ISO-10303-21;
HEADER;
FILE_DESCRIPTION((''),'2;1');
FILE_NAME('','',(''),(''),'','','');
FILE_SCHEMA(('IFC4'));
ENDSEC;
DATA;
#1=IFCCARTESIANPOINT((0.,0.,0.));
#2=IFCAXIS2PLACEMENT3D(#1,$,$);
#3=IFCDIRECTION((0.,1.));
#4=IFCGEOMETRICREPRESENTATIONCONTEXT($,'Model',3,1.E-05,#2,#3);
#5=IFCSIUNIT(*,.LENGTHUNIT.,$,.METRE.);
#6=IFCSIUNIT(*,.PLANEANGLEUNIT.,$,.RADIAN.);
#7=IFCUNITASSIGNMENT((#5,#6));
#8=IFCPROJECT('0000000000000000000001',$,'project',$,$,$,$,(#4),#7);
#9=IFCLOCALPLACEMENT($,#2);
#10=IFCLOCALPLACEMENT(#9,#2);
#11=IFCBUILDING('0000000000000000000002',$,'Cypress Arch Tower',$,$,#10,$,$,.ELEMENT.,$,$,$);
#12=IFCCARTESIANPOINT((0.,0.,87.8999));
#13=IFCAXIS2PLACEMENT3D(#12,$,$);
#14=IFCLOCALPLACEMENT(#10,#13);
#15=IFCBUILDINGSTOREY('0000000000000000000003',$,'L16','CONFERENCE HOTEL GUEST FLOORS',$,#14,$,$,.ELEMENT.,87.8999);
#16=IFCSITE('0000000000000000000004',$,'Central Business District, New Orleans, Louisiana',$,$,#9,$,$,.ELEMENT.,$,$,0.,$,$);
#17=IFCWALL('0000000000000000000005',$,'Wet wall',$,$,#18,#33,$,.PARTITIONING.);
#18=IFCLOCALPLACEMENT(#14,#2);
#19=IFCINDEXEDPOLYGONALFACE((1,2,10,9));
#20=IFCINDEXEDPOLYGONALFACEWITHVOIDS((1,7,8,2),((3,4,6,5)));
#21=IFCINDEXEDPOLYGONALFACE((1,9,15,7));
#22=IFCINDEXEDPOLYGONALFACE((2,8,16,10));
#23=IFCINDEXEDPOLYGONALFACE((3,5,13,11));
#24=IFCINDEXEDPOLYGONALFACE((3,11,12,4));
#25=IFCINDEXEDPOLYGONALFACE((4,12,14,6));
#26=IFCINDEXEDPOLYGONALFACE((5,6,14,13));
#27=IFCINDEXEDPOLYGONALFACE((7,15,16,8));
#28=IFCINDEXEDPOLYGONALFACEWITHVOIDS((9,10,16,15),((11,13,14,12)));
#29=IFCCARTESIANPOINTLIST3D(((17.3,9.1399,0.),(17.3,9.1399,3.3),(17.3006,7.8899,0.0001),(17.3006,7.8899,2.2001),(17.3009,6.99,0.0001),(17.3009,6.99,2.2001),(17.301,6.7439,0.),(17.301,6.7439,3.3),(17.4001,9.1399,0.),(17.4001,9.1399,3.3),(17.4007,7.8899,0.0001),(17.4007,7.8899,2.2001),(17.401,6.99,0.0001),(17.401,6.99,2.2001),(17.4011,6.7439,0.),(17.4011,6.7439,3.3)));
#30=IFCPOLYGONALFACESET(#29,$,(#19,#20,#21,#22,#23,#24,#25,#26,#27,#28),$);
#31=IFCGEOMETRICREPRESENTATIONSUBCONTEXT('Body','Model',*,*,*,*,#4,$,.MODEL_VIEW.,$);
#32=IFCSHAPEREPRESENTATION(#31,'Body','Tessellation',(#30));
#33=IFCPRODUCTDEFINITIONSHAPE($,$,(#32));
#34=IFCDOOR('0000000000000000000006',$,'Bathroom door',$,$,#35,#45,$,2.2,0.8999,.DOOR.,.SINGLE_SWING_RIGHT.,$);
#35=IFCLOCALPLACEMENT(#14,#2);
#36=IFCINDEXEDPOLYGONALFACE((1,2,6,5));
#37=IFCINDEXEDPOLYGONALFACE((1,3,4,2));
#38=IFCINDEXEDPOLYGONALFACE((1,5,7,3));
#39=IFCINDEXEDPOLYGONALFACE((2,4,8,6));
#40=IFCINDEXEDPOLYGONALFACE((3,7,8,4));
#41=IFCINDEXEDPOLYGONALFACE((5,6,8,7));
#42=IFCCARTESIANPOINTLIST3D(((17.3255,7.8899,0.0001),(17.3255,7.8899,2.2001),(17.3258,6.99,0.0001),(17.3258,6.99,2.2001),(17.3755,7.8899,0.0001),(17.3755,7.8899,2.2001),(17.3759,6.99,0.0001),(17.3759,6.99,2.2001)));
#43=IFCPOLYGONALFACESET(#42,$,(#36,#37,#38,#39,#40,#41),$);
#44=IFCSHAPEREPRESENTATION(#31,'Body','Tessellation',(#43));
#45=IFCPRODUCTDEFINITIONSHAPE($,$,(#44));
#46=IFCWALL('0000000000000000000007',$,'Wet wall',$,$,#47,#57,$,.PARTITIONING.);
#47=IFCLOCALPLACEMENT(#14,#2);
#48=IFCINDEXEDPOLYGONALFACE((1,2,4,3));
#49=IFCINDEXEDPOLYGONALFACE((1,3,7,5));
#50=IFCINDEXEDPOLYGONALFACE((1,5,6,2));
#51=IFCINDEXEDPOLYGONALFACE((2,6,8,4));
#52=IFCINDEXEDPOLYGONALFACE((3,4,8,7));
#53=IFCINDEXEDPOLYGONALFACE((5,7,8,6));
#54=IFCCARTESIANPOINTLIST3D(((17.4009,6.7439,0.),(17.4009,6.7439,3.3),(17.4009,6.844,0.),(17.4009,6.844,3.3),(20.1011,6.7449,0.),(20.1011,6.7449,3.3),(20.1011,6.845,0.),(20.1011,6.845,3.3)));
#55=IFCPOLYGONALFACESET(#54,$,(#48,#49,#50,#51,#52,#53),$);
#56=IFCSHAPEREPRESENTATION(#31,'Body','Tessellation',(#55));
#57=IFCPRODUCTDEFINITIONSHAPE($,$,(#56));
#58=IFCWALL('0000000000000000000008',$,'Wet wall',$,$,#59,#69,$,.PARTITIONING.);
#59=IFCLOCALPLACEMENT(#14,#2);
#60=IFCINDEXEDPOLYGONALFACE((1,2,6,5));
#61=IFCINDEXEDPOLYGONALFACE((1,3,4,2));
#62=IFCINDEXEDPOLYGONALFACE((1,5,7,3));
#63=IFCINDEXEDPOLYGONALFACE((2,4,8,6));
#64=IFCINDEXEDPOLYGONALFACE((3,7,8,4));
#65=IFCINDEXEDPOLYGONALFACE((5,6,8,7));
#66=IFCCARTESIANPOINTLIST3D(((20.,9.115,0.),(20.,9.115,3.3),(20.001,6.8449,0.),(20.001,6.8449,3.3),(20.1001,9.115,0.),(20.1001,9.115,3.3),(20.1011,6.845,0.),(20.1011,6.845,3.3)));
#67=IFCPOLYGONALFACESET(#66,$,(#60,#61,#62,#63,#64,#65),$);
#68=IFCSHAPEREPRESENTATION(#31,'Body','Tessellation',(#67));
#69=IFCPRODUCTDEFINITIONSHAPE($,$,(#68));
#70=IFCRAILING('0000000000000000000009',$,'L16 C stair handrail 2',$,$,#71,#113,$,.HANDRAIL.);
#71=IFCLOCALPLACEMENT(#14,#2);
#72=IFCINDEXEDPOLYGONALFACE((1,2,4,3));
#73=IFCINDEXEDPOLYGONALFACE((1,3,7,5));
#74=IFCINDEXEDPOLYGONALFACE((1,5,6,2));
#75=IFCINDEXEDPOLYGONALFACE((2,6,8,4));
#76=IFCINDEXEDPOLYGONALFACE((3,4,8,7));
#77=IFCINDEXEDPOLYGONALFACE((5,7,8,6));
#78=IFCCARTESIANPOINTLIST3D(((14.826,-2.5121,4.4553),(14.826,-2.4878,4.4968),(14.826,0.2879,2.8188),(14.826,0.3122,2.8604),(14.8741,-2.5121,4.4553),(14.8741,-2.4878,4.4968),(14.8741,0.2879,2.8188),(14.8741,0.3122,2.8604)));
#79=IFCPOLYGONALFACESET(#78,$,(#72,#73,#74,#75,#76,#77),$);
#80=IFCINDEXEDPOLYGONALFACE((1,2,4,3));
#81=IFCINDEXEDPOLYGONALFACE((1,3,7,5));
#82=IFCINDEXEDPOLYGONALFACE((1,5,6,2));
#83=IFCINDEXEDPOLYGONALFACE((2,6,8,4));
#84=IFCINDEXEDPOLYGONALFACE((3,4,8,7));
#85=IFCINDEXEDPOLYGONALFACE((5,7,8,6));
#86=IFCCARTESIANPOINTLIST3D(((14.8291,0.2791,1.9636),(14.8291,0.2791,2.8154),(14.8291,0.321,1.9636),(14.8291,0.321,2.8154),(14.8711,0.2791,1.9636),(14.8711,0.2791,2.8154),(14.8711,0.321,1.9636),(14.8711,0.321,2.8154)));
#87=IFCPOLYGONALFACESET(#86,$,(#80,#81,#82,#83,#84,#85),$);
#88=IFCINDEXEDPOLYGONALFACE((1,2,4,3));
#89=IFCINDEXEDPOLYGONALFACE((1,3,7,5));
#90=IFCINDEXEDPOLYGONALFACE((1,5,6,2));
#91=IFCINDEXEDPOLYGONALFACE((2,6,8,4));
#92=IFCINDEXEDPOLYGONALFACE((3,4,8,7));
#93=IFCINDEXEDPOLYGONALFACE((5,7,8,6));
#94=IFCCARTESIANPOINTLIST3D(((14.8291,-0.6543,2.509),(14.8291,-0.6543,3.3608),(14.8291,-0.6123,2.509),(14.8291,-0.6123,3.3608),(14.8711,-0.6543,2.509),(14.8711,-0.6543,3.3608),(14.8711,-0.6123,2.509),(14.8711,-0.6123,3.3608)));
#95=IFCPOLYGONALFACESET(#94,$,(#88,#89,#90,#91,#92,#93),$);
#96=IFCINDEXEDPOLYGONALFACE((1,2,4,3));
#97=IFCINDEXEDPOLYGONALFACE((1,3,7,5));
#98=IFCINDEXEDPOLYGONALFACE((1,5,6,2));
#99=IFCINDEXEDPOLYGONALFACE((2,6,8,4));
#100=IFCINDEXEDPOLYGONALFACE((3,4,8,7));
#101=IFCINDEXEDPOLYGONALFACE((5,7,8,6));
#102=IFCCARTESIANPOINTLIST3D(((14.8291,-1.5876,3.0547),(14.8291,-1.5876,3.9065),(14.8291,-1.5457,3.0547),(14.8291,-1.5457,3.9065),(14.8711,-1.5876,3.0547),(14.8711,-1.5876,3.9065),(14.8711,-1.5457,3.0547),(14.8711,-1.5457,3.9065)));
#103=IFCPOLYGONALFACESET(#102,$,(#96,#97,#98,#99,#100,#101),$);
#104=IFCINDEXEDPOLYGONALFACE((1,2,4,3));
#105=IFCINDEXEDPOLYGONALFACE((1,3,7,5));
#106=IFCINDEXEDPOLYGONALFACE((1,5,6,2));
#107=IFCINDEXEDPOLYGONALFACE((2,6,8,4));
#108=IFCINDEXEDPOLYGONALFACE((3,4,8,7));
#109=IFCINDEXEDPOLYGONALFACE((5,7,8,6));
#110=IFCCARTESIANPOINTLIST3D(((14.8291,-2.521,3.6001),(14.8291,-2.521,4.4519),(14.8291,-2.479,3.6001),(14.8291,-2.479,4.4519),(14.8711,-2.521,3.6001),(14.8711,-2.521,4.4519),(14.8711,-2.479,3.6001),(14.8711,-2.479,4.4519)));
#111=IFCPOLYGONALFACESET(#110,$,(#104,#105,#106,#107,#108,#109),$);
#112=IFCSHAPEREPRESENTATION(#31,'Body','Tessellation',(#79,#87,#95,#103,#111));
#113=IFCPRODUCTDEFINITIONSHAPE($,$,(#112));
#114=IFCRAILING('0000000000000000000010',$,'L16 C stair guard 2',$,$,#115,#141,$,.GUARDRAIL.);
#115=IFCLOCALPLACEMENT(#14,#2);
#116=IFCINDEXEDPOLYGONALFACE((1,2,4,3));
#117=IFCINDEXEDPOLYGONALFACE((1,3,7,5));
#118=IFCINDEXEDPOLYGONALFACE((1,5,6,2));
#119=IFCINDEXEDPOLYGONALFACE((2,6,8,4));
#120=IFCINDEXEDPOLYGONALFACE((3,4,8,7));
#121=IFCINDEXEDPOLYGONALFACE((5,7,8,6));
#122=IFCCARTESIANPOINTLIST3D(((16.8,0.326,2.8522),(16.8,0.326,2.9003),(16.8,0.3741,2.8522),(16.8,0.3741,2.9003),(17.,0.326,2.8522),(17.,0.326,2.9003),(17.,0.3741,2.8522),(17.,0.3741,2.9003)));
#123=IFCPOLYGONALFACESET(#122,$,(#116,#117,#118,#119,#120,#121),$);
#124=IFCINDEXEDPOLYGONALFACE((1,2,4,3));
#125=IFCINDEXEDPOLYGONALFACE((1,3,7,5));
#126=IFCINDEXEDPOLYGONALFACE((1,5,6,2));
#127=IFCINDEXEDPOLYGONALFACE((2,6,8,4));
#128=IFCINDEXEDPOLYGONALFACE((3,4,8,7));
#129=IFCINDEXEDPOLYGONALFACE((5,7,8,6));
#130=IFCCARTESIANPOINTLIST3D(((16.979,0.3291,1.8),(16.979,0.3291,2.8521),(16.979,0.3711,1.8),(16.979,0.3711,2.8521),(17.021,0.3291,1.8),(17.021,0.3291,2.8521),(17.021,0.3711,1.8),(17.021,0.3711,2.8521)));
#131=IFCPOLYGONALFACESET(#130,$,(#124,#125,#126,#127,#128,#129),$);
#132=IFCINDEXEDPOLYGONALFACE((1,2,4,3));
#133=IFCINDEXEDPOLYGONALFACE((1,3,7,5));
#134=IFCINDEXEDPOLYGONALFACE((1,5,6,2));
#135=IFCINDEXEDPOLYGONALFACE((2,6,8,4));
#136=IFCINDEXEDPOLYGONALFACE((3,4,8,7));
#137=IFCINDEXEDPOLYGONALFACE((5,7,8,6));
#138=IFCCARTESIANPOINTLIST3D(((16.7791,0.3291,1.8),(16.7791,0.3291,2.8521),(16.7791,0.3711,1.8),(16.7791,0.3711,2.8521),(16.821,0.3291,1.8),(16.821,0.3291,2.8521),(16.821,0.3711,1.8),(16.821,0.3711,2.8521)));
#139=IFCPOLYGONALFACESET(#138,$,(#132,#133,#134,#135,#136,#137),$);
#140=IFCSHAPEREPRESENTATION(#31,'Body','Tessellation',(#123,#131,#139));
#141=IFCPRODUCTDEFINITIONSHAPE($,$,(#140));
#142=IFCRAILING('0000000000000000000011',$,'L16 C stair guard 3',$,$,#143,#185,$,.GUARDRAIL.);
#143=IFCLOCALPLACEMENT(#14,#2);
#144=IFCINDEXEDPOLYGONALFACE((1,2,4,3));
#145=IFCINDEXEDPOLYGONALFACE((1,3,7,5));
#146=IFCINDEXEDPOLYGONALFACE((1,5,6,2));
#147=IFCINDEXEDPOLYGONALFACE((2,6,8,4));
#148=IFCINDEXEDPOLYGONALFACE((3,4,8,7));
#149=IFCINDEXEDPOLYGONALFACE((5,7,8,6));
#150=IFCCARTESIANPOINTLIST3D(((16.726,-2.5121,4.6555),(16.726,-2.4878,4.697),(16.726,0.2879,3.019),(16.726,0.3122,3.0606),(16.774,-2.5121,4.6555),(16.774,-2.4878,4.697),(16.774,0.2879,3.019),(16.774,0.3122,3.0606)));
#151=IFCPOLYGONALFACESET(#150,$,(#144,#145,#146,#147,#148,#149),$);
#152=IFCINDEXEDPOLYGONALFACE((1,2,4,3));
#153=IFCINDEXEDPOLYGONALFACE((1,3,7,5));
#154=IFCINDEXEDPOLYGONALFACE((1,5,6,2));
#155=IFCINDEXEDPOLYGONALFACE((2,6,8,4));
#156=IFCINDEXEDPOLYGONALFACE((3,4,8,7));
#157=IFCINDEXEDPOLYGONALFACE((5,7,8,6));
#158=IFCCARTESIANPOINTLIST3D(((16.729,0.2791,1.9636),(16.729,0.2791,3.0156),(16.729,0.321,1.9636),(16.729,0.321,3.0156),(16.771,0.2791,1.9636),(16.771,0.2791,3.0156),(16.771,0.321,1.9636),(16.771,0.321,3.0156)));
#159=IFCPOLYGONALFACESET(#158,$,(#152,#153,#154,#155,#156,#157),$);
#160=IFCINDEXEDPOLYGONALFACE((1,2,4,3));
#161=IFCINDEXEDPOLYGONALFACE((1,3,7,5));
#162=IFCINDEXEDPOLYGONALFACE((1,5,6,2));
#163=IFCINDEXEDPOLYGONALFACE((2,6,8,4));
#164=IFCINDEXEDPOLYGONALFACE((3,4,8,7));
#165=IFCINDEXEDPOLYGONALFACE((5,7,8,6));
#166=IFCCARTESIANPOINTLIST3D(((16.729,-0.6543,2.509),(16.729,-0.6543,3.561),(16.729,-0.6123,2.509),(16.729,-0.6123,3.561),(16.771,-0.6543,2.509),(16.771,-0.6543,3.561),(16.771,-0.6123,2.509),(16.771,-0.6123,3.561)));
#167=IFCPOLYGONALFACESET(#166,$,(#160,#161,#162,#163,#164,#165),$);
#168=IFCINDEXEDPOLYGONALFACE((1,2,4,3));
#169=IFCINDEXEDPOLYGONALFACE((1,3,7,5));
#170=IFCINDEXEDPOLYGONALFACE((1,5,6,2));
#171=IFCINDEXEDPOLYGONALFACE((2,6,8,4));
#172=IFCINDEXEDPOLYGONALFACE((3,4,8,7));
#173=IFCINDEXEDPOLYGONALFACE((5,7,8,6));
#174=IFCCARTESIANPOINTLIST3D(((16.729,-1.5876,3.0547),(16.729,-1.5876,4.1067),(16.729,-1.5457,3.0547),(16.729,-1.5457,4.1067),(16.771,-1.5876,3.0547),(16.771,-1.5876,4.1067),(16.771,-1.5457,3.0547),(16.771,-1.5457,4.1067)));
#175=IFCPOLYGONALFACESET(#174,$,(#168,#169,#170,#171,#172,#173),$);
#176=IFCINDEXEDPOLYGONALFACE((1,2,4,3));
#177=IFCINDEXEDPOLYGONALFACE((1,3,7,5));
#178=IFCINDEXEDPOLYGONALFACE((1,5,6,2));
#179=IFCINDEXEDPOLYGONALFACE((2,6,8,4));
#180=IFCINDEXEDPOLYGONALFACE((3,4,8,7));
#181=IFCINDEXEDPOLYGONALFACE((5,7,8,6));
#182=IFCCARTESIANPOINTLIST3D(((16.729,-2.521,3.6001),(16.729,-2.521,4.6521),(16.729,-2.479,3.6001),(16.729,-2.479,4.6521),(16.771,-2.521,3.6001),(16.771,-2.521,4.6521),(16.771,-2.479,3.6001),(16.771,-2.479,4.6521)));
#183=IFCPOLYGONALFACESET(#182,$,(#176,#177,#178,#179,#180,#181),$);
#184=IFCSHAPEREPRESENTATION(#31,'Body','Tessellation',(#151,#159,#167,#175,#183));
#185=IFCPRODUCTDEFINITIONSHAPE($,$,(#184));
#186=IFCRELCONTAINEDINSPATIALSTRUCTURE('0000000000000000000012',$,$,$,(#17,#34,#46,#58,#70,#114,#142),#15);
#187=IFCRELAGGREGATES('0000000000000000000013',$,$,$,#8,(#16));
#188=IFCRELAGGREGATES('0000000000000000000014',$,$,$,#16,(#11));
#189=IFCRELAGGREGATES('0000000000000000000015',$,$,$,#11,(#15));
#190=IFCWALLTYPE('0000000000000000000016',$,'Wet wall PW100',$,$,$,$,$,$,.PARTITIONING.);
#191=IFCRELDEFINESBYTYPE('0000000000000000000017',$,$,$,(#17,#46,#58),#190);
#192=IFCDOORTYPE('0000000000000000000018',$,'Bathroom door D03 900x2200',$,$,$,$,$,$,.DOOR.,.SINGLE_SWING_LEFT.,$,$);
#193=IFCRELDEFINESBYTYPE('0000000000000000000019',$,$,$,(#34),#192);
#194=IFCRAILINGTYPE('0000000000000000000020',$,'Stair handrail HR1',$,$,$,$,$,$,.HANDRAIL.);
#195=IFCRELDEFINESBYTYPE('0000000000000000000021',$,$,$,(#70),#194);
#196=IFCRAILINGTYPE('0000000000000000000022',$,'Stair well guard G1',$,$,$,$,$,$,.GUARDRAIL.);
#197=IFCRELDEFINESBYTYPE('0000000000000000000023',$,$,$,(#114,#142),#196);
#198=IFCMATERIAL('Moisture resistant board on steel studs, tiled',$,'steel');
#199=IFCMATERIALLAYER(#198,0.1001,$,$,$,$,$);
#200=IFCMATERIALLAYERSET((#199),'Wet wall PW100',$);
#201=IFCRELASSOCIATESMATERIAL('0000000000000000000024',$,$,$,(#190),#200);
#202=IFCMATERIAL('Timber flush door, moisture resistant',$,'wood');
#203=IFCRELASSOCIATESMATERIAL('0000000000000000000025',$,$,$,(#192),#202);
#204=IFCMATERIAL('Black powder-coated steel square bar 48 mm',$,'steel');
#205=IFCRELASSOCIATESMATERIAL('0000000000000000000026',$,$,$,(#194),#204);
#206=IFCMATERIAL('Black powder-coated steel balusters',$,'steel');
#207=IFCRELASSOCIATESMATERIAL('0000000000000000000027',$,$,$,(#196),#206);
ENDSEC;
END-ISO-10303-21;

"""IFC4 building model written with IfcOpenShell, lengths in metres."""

from ifc_helpers import new_model, si_unit, direction, frame, frame_2d, origin, origin_2d, place, context, subcontext, project, spatial, rectangle, extrude, material, layer, layer_set, type_object, element, fill, save


model = new_model("IFC4")

# Units and contexts
model_context = context("Model", 3, precision=1e-05, world=origin(), true_north=direction((0.0, 1.0)))
body_context = subcontext(model_context, "Body", "Model", "MODEL_VIEW")
ifc_project = project(units=[si_unit("LENGTHUNIT", "METRE"), si_unit("PLANEANGLEUNIT", "RADIAN")], contexts=[model_context])

# Site, building, storey
site_placement = place(None, origin())
site = spatial("IfcSite", under=ifc_project, at=site_placement, Name="Central Business District, New Orleans, Louisiana", CompositionType="ELEMENT", RefElevation=0.0)
building_placement = place(site_placement, origin())
building = spatial("IfcBuilding", under=site, at=building_placement, Name="Cypress Arch Tower", CompositionType="ELEMENT")
storey_placement = place(building_placement, frame((0.0, 0.0, 87.8999)))
storey = spatial("IfcBuildingStorey", under=building, at=storey_placement, Name="L16", Description="CONFERENCE HOTEL GUEST FLOORS", CompositionType="ELEMENT", Elevation=87.8999)

# Shared definitions
ifc_material_1 = material(Name="Moisture resistant board on steel studs, tiled", Category="steel")
ifc_layer_1 = layer(ifc_material_1, 0.1001)
ifc_layer_set_1 = layer_set([ifc_layer_1], Name="Wet wall PW100")
wall_type_1 = type_object("IfcWallType", Name="Wet wall PW100", PredefinedType="PARTITIONING", material=ifc_layer_set_1)

# Wall, opening, door
wall_1_placement = place(storey_placement, frame((17.3501, 9.1399, 0.0), z_axis=(0.0, 0.0, 1.0), x_axis=(0.000408, -1.0, 0.0)))
wall_1 = element("IfcWall", 1, at=wall_1_placement, inside=storey, type_object=wall_type_1, Name="Wet wall", PredefinedType="PARTITIONING", context=body_context, shape_type="SweptSolid", body=[
    extrude(rectangle(XDim=2.396, YDim=0.1001, at=frame_2d((1.198, 0.0))), origin(), (0.0, 0.0, 1.0), 3.3),
])
opening_1_placement = place(wall_1_placement, frame((1.25, 0.0, 0.0)))
opening_1 = element("IfcOpeningElement", 2, at=opening_1_placement, cuts=wall_1, PredefinedType="OPENING", context=body_context, shape_type="SweptSolid", body=[
    extrude(rectangle(XDim=0.8999, YDim=2.2, at=frame_2d((0.45, 1.1001))), frame((0.0, 0.0601, 0.0), z_axis=(0.0, -1.0, 0.0), x_axis=(1.0, 0.0, 0.0)), (0.0, 0.0, 1.0), 0.1201),
])
ifc_material_2 = material(Name="Timber flush door, moisture resistant", Category="wood")
door_type_1 = type_object("IfcDoorType", Name="Bathroom door D03 900x2200", OperationType="SINGLE_SWING_LEFT", PredefinedType="DOOR", material=ifc_material_2)
door_1_placement = place(opening_1_placement, origin())
door_1 = element("IfcDoor", 3, at=door_1_placement, inside=storey, type_object=door_type_1, Name="Bathroom door", OperationType="SINGLE_SWING_RIGHT", OverallHeight=2.2, OverallWidth=0.8999, PredefinedType="DOOR", context=body_context, shape_type="SweptSolid", body=[
    extrude(rectangle(XDim=0.8999, YDim=2.2, at=frame_2d((0.45, 1.1001))), frame((0.0, 0.0249, 0.0), z_axis=(0.0, -1.0, 0.0), x_axis=(1.0, 0.0, 0.0)), (0.0, 0.0, 1.0), 0.05),
])
fill(opening_1, door_1)

# Walls
wall_2_placement = place(storey_placement, frame((17.4009, 6.7939, 0.0), z_axis=(0.0, 0.0, 1.0), x_axis=(1.0, 0.000362, 0.0)))
element("IfcWall", 4, at=wall_2_placement, inside=storey, type_object=wall_type_1, Name="Wet wall", PredefinedType="PARTITIONING", context=body_context, shape_type="SweptSolid", body=[
    extrude(rectangle(XDim=2.7002, YDim=0.1001, at=frame_2d((1.3501, 0.0))), origin(), (0.0, 0.0, 1.0), 3.3),
])
wall_3_placement = place(storey_placement, frame((20.05, 9.115, 0.0), z_axis=(0.0, 0.0, 1.0), x_axis=(0.00043, -1.0, 0.0)))
element("IfcWall", 5, at=wall_3_placement, inside=storey, type_object=wall_type_1, Name="Wet wall", PredefinedType="PARTITIONING", context=body_context, shape_type="SweptSolid", body=[
    extrude(rectangle(XDim=2.27, YDim=0.1001, at=frame_2d((1.135, 0.0))), origin(), (0.0, 0.0, 1.0), 3.3),
])

# Railings
ifc_material_3 = material(Name="Black powder-coated steel square bar 48 mm", Category="steel")
railing_type_1 = type_object("IfcRailingType", Name="Stair handrail HR1", PredefinedType="HANDRAIL", material=ifc_material_3)
railing_1_placement = place(storey_placement, frame((14.8501, 0.3, 1.9636)))
element("IfcRailing", 6, at=railing_1_placement, inside=storey, type_object=railing_type_1, Name="L16 C stair handrail 2", PredefinedType="HANDRAIL", context=body_context, shape_type="SweptSolid", body=[
    extrude(rectangle(XDim=0.0481, YDim=0.0481, at=origin_2d()), frame((0.0, 0.0, 0.876), z_axis=(0.0, -0.863361, 0.504587), x_axis=(1.0, 0.0, 0.0)), (0.0, 0.0, 1.0), 3.2432),
    extrude(rectangle(XDim=0.042, YDim=0.042, at=origin_2d()), origin(), (0.0, 0.0, 1.0), 0.8518),
    extrude(rectangle(XDim=0.042, YDim=0.042, at=origin_2d()), frame((0.0, -0.9333, 0.5454)), (0.0, 0.0, 1.0), 0.8518),
    extrude(rectangle(XDim=0.042, YDim=0.042, at=origin_2d()), frame((0.0, -1.8667, 1.0911)), (0.0, 0.0, 1.0), 0.8518),
    extrude(rectangle(XDim=0.042, YDim=0.042, at=origin_2d()), frame((0.0, -2.8, 1.6365)), (0.0, 0.0, 1.0), 0.8518),
])
ifc_material_4 = material(Name="Black powder-coated steel balusters", Category="steel")
railing_type_2 = type_object("IfcRailingType", Name="Stair well guard G1", PredefinedType="GUARDRAIL", material=ifc_material_4)
railing_2_placement = place(storey_placement, frame((17.0, 0.3501, 1.8)))
element("IfcRailing", 7, at=railing_2_placement, inside=storey, type_object=railing_type_2, Name="L16 C stair guard 2", PredefinedType="GUARDRAIL", context=body_context, shape_type="SweptSolid", body=[
    extrude(rectangle(XDim=0.0481, YDim=0.0481, at=origin_2d()), frame((0.0, 0.0, 1.0762), z_axis=(-1.0, 0.0, 0.0), x_axis=(0.0, -1.0, 0.0)), (0.0, 0.0, 1.0), 0.2),
    extrude(rectangle(XDim=0.042, YDim=0.042, at=origin_2d()), origin(), (0.0, 0.0, 1.0), 1.052),
    extrude(rectangle(XDim=0.042, YDim=0.042, at=origin_2d()), frame((-0.2, 0.0, 0.0)), (0.0, 0.0, 1.0), 1.052),
])
railing_3_placement = place(storey_placement, frame((16.75, 0.3, 1.9636)))
element("IfcRailing", 8, at=railing_3_placement, inside=storey, type_object=railing_type_2, Name="L16 C stair guard 3", PredefinedType="GUARDRAIL", context=body_context, shape_type="SweptSolid", body=[
    extrude(rectangle(XDim=0.0481, YDim=0.0481, at=origin_2d()), frame((0.0, 0.0, 1.0762), z_axis=(0.0, -0.863361, 0.504587), x_axis=(1.0, 0.0, 0.0)), (0.0, 0.0, 1.0), 3.2432),
    extrude(rectangle(XDim=0.042, YDim=0.042, at=origin_2d()), origin(), (0.0, 0.0, 1.0), 1.052),
    extrude(rectangle(XDim=0.042, YDim=0.042, at=origin_2d()), frame((0.0, -0.9333, 0.5454)), (0.0, 0.0, 1.0), 1.052),
    extrude(rectangle(XDim=0.042, YDim=0.042, at=origin_2d()), frame((0.0, -1.8667, 1.0911)), (0.0, 0.0, 1.0), 1.052),
    extrude(rectangle(XDim=0.042, YDim=0.042, at=origin_2d()), frame((0.0, -2.8, 1.6365)), (0.0, 0.0, 1.0), 1.052),
])

save(model, "model.ifc")
